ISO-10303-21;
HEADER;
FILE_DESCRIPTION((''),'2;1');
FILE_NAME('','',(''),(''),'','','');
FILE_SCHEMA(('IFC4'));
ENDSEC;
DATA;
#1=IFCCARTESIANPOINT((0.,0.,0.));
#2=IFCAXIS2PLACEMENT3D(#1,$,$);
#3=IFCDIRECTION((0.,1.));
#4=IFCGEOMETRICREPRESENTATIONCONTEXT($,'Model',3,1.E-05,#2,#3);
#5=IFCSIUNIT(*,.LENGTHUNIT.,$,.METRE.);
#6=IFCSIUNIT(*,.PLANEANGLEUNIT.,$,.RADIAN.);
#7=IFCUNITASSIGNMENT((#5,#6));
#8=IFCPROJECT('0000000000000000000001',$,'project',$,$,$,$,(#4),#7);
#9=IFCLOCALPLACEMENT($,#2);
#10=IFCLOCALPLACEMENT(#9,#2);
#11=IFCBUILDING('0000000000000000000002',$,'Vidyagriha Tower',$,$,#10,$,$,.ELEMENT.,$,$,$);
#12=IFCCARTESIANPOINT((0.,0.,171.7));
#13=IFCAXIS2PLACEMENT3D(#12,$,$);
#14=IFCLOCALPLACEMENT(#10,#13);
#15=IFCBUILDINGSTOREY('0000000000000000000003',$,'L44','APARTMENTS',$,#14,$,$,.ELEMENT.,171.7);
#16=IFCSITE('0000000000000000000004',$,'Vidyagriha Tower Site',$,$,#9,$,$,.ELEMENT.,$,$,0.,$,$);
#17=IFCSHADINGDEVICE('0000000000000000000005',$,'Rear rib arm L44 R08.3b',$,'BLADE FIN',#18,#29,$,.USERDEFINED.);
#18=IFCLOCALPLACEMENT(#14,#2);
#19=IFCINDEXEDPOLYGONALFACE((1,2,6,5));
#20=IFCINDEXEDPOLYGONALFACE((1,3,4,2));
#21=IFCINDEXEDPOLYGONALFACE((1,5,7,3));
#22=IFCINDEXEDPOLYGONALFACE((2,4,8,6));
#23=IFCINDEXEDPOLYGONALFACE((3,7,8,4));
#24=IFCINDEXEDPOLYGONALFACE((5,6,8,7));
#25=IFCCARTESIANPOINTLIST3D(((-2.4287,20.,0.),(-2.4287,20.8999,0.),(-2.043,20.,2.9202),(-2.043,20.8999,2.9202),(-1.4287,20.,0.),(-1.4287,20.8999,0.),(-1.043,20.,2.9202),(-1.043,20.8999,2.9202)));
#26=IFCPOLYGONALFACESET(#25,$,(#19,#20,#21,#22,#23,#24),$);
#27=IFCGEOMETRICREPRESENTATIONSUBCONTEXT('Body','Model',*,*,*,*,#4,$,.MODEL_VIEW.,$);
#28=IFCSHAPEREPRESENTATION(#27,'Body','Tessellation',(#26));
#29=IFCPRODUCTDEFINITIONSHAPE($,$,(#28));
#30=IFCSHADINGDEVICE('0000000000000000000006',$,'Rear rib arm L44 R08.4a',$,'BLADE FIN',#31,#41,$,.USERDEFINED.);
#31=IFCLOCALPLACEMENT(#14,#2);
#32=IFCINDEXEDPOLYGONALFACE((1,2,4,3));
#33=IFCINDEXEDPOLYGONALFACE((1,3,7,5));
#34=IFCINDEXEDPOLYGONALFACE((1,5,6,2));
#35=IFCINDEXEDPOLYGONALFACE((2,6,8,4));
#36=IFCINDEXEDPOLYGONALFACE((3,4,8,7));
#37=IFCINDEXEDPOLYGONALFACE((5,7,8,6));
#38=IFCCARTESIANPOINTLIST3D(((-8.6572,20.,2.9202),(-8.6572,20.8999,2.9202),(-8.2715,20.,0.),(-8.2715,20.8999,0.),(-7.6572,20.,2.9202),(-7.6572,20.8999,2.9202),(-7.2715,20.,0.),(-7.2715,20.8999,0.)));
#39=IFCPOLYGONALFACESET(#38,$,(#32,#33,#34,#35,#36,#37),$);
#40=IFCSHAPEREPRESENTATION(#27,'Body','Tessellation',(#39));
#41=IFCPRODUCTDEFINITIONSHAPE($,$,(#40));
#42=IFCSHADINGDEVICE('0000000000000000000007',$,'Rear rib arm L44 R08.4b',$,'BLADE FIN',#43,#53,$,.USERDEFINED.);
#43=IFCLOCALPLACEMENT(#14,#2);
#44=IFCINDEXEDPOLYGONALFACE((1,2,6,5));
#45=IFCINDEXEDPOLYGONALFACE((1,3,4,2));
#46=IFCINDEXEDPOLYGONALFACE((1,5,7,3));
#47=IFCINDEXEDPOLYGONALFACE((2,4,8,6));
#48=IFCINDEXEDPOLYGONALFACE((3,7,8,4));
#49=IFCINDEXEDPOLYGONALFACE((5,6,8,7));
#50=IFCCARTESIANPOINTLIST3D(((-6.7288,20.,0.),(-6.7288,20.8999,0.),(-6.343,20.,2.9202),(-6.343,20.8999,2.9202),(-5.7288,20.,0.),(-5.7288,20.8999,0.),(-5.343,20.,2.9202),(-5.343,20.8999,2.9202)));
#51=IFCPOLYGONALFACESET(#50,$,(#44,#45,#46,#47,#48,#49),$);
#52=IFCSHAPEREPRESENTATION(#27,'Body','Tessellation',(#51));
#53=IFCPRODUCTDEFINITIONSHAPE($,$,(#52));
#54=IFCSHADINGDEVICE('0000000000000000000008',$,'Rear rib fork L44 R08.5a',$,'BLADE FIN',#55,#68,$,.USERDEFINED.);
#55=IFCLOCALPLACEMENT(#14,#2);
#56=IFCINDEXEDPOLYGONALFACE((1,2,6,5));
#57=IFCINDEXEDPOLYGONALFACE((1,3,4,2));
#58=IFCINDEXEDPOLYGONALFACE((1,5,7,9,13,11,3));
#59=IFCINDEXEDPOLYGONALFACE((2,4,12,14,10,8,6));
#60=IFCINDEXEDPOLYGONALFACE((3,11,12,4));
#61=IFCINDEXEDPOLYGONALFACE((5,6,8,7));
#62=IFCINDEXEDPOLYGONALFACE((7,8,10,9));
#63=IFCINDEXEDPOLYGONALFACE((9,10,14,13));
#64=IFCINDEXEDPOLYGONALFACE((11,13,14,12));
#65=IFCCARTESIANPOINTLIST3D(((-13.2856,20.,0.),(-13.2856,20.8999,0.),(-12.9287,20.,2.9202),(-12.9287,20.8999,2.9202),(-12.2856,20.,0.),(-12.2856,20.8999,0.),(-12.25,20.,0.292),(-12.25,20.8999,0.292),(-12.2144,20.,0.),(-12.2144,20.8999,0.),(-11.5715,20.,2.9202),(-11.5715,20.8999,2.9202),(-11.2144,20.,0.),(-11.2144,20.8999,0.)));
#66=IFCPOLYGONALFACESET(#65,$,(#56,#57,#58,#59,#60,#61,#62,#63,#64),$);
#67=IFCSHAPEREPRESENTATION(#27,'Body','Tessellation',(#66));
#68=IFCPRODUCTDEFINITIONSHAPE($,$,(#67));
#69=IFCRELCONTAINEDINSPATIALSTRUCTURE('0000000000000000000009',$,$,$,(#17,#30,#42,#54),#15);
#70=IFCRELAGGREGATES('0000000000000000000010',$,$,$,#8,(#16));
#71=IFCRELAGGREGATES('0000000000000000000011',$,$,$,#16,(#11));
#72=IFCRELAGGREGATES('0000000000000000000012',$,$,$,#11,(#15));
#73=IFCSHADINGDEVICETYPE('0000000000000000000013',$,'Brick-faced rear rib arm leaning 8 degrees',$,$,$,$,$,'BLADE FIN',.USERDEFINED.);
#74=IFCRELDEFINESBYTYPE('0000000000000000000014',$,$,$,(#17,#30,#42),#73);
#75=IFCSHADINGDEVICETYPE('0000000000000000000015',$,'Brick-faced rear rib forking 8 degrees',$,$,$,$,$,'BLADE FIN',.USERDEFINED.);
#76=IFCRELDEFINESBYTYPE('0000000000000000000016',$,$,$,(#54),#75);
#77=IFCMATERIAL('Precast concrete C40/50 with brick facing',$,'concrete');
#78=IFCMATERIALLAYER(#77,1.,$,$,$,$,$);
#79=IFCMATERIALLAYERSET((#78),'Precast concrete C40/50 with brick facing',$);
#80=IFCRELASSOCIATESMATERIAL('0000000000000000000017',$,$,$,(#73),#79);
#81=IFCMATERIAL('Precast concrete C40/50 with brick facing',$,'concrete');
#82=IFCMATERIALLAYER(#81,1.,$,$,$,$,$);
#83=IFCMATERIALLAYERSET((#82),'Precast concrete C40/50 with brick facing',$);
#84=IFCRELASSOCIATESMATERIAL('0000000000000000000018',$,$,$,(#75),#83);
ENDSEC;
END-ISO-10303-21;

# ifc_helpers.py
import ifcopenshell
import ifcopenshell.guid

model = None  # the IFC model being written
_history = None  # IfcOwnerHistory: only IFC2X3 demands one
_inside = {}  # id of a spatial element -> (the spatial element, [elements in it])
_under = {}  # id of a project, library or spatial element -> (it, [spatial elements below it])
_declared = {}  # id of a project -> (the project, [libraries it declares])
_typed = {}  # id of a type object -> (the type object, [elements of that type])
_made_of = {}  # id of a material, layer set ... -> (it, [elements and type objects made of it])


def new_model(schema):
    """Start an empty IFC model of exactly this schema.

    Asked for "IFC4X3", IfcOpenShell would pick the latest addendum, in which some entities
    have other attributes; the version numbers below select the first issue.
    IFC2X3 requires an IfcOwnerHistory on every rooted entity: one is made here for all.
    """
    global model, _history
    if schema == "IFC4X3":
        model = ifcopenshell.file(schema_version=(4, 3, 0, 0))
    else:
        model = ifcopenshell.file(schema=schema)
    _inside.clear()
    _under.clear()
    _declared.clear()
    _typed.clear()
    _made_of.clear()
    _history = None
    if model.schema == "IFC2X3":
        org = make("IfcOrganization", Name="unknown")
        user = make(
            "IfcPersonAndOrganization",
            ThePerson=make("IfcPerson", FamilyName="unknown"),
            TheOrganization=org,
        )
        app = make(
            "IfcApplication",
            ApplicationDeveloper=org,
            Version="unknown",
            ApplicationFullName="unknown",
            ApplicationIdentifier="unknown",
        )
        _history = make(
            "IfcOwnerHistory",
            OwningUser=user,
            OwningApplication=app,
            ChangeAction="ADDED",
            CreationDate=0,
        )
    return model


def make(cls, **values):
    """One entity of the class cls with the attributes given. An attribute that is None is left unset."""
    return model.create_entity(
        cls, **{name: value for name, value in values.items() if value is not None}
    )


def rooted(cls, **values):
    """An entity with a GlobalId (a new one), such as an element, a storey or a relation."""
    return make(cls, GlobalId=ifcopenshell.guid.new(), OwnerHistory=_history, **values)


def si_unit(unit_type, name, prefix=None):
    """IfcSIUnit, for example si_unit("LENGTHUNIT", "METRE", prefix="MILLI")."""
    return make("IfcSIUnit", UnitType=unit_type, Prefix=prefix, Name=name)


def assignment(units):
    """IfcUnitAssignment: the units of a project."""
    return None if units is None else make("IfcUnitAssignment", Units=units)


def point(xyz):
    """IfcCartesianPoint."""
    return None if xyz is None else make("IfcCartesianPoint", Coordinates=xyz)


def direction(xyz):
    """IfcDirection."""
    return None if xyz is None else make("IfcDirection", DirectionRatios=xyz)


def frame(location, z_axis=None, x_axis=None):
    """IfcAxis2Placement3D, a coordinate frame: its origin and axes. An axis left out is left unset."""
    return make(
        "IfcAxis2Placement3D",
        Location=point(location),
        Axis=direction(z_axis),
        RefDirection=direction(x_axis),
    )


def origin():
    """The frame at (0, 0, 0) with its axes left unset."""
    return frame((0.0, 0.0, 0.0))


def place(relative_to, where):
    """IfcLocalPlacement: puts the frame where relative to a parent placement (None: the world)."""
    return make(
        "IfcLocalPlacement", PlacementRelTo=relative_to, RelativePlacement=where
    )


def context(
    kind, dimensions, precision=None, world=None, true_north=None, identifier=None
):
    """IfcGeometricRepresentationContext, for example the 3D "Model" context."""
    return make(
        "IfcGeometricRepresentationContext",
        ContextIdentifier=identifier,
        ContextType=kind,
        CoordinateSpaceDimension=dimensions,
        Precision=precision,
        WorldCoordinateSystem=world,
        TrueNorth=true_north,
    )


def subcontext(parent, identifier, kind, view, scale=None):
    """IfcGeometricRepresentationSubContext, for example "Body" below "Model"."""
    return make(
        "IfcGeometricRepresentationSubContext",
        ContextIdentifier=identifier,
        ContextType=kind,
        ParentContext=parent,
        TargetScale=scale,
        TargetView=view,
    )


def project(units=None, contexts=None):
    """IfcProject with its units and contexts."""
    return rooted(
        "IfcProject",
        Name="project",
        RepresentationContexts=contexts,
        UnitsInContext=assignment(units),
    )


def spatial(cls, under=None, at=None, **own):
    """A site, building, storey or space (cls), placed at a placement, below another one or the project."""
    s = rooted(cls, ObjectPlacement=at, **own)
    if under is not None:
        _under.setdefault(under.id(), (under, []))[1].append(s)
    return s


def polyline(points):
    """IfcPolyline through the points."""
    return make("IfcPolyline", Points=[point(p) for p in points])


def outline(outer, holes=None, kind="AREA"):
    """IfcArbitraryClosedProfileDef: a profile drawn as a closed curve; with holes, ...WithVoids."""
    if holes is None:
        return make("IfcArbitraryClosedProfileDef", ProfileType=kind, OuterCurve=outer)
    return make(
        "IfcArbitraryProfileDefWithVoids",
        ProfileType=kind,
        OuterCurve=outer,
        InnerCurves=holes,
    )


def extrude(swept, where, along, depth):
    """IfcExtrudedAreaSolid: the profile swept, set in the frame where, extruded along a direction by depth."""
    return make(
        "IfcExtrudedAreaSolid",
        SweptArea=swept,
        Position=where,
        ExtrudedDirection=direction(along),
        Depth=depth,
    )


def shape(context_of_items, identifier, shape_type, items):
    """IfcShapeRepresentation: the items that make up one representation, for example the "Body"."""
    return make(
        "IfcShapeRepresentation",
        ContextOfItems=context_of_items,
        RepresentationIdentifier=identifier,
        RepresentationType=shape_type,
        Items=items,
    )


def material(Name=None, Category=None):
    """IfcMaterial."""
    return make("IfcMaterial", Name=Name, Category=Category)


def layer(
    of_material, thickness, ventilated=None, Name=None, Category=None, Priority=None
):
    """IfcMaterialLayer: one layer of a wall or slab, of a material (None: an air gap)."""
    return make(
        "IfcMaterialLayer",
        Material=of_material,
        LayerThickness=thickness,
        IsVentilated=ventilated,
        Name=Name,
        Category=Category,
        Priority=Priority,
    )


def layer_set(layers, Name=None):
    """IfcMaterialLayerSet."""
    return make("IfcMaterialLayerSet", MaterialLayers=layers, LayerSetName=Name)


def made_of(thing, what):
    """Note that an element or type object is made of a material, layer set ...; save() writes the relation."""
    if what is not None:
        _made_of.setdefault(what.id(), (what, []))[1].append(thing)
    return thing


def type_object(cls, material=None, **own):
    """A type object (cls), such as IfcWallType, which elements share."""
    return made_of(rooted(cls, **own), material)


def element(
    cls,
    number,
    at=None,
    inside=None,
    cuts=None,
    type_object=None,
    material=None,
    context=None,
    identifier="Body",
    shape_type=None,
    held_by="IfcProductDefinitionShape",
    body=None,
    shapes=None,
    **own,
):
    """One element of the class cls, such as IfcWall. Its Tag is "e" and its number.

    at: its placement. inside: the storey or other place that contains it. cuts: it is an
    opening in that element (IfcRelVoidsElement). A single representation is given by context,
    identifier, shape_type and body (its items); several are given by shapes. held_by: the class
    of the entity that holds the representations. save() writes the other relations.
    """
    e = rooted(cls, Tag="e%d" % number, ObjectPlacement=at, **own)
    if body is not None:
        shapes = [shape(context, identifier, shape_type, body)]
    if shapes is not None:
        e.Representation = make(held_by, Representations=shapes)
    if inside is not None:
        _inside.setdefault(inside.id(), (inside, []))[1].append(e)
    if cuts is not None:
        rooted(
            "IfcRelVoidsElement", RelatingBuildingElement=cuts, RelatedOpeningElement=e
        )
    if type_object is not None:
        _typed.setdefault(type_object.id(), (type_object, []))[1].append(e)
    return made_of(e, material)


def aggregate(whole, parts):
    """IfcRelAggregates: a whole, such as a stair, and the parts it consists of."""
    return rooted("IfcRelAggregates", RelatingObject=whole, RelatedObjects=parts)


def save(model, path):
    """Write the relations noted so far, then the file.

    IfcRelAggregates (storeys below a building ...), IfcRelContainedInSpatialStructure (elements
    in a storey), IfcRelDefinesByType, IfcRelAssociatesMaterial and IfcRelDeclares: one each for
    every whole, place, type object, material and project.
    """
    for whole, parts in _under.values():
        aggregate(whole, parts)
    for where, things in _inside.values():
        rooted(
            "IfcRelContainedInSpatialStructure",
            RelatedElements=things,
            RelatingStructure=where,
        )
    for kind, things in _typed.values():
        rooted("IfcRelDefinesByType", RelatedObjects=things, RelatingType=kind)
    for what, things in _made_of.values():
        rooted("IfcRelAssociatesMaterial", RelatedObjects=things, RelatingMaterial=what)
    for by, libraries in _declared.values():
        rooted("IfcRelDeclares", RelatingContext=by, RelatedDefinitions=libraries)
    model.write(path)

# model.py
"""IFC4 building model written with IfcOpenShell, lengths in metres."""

from ifc_helpers import new_model, si_unit, direction, frame, origin, place, context, subcontext, project, spatial, polyline, outline, extrude, material, layer, layer_set, type_object, element, save


model = new_model("IFC4")

# Units and contexts
model_context = context("Model", 3, precision=1e-05, world=origin(), true_north=direction((0.0, 1.0)))
body_context = subcontext(model_context, "Body", "Model", "MODEL_VIEW")
ifc_project = project(units=[si_unit("LENGTHUNIT", "METRE"), si_unit("PLANEANGLEUNIT", "RADIAN")], contexts=[model_context])

# Site, building, storey
site_placement = place(None, origin())
site = spatial("IfcSite", under=ifc_project, at=site_placement, Name="Vidyagriha Tower Site", CompositionType="ELEMENT", RefElevation=0.0)
building_placement = place(site_placement, origin())
building = spatial("IfcBuilding", under=site, at=building_placement, Name="Vidyagriha Tower", CompositionType="ELEMENT")
storey_placement = place(building_placement, frame((0.0, 0.0, 171.7)))
storey = spatial("IfcBuildingStorey", under=building, at=storey_placement, Name="L44", Description="APARTMENTS", CompositionType="ELEMENT", Elevation=171.7)

# Shading devices
ifc_material_1 = material(Name="Precast concrete C40/50 with brick facing", Category="concrete")
ifc_layer_1 = layer(ifc_material_1, 1.0)
ifc_layer_set_1 = layer_set([ifc_layer_1], Name="Precast concrete C40/50 with brick facing")
shading_device_type_1 = type_object("IfcShadingDeviceType", Name="Brick-faced rear rib arm leaning 8 degrees", ElementType="BLADE FIN", PredefinedType="USERDEFINED", material=ifc_layer_set_1)
shading_device_1_placement = place(storey_placement, frame((-1.043, 20.45, 0.0), z_axis=(0.0, 0.0, 1.0), x_axis=(-1.0, 0.0, 0.0)))
element("IfcShadingDevice", 1, at=shading_device_1_placement, inside=storey, type_object=shading_device_type_1, Name="Rear rib arm L44 R08.3b", ObjectType="BLADE FIN", PredefinedType="USERDEFINED", context=body_context, shape_type="SweptSolid", body=[
    extrude(outline(polyline([(0.3857, 0.0), (1.3857, 0.0), (1.0, 2.9202), (0.0, 2.9202), (0.3857, 0.0)])), frame((0.0, 0.45, 0.0), z_axis=(0.0, -1.0, 0.0), x_axis=(1.0, 0.0, 0.0)), (0.0, 0.0, 1.0), 0.8999),
])
shading_device_2_placement = place(storey_placement, frame((-7.2715, 20.45, 0.0), z_axis=(0.0, 0.0, 1.0), x_axis=(-1.0, 0.0, 0.0)))
element("IfcShadingDevice", 2, at=shading_device_2_placement, inside=storey, type_object=shading_device_type_1, Name="Rear rib arm L44 R08.4a", ObjectType="BLADE FIN", PredefinedType="USERDEFINED", context=body_context, shape_type="SweptSolid", body=[
    extrude(outline(polyline([(0.0, 0.0), (1.0, 0.0), (1.3857, 2.9202), (0.3857, 2.9202), (0.0, 0.0)])), frame((0.0, 0.45, 0.0), z_axis=(0.0, -1.0, 0.0), x_axis=(1.0, 0.0, 0.0)), (0.0, 0.0, 1.0), 0.8999),
])
shading_device_3_placement = place(storey_placement, frame((-5.343, 20.45, 0.0), z_axis=(0.0, 0.0, 1.0), x_axis=(-1.0, 0.0, 0.0)))
element("IfcShadingDevice", 3, at=shading_device_3_placement, inside=storey, type_object=shading_device_type_1, Name="Rear rib arm L44 R08.4b", ObjectType="BLADE FIN", PredefinedType="USERDEFINED", context=body_context, shape_type="SweptSolid", body=[
    extrude(outline(polyline([(0.3857, 0.0), (1.3857, 0.0), (1.0, 2.9202), (0.0, 2.9202), (0.3857, 0.0)])), frame((0.0, 0.45, 0.0), z_axis=(0.0, -1.0, 0.0), x_axis=(1.0, 0.0, 0.0)), (0.0, 0.0, 1.0), 0.8999),
])
ifc_material_2 = material(Name="Precast concrete C40/50 with brick facing", Category="concrete")
ifc_layer_2 = layer(ifc_material_2, 1.0)
ifc_layer_set_2 = layer_set([ifc_layer_2], Name="Precast concrete C40/50 with brick facing")
shading_device_type_2 = type_object("IfcShadingDeviceType", Name="Brick-faced rear rib forking 8 degrees", ElementType="BLADE FIN", PredefinedType="USERDEFINED", material=ifc_layer_set_2)
shading_device_4_placement = place(storey_placement, frame((-11.2144, 20.45, 0.0), z_axis=(0.0, 0.0, 1.0), x_axis=(-1.0, 0.0, 0.0)))
element("IfcShadingDevice", 4, at=shading_device_4_placement, inside=storey, type_object=shading_device_type_2, Name="Rear rib fork L44 R08.5a", ObjectType="BLADE FIN", PredefinedType="USERDEFINED", context=body_context, shape_type="SweptSolid", body=[
    extrude(outline(polyline([(1.0, 0.0), (1.0356, 0.292), (1.0713, 0.0), (2.0713, 0.0), (1.7144, 2.9202), (0.3572, 2.9202), (0.0, 0.0), (1.0, 0.0)])), frame((0.0, 0.45, 0.0), z_axis=(0.0, -1.0, 0.0), x_axis=(1.0, 0.0, 0.0)), (0.0, 0.0, 1.0), 0.8999),
])

save(model, "model.ifc")
